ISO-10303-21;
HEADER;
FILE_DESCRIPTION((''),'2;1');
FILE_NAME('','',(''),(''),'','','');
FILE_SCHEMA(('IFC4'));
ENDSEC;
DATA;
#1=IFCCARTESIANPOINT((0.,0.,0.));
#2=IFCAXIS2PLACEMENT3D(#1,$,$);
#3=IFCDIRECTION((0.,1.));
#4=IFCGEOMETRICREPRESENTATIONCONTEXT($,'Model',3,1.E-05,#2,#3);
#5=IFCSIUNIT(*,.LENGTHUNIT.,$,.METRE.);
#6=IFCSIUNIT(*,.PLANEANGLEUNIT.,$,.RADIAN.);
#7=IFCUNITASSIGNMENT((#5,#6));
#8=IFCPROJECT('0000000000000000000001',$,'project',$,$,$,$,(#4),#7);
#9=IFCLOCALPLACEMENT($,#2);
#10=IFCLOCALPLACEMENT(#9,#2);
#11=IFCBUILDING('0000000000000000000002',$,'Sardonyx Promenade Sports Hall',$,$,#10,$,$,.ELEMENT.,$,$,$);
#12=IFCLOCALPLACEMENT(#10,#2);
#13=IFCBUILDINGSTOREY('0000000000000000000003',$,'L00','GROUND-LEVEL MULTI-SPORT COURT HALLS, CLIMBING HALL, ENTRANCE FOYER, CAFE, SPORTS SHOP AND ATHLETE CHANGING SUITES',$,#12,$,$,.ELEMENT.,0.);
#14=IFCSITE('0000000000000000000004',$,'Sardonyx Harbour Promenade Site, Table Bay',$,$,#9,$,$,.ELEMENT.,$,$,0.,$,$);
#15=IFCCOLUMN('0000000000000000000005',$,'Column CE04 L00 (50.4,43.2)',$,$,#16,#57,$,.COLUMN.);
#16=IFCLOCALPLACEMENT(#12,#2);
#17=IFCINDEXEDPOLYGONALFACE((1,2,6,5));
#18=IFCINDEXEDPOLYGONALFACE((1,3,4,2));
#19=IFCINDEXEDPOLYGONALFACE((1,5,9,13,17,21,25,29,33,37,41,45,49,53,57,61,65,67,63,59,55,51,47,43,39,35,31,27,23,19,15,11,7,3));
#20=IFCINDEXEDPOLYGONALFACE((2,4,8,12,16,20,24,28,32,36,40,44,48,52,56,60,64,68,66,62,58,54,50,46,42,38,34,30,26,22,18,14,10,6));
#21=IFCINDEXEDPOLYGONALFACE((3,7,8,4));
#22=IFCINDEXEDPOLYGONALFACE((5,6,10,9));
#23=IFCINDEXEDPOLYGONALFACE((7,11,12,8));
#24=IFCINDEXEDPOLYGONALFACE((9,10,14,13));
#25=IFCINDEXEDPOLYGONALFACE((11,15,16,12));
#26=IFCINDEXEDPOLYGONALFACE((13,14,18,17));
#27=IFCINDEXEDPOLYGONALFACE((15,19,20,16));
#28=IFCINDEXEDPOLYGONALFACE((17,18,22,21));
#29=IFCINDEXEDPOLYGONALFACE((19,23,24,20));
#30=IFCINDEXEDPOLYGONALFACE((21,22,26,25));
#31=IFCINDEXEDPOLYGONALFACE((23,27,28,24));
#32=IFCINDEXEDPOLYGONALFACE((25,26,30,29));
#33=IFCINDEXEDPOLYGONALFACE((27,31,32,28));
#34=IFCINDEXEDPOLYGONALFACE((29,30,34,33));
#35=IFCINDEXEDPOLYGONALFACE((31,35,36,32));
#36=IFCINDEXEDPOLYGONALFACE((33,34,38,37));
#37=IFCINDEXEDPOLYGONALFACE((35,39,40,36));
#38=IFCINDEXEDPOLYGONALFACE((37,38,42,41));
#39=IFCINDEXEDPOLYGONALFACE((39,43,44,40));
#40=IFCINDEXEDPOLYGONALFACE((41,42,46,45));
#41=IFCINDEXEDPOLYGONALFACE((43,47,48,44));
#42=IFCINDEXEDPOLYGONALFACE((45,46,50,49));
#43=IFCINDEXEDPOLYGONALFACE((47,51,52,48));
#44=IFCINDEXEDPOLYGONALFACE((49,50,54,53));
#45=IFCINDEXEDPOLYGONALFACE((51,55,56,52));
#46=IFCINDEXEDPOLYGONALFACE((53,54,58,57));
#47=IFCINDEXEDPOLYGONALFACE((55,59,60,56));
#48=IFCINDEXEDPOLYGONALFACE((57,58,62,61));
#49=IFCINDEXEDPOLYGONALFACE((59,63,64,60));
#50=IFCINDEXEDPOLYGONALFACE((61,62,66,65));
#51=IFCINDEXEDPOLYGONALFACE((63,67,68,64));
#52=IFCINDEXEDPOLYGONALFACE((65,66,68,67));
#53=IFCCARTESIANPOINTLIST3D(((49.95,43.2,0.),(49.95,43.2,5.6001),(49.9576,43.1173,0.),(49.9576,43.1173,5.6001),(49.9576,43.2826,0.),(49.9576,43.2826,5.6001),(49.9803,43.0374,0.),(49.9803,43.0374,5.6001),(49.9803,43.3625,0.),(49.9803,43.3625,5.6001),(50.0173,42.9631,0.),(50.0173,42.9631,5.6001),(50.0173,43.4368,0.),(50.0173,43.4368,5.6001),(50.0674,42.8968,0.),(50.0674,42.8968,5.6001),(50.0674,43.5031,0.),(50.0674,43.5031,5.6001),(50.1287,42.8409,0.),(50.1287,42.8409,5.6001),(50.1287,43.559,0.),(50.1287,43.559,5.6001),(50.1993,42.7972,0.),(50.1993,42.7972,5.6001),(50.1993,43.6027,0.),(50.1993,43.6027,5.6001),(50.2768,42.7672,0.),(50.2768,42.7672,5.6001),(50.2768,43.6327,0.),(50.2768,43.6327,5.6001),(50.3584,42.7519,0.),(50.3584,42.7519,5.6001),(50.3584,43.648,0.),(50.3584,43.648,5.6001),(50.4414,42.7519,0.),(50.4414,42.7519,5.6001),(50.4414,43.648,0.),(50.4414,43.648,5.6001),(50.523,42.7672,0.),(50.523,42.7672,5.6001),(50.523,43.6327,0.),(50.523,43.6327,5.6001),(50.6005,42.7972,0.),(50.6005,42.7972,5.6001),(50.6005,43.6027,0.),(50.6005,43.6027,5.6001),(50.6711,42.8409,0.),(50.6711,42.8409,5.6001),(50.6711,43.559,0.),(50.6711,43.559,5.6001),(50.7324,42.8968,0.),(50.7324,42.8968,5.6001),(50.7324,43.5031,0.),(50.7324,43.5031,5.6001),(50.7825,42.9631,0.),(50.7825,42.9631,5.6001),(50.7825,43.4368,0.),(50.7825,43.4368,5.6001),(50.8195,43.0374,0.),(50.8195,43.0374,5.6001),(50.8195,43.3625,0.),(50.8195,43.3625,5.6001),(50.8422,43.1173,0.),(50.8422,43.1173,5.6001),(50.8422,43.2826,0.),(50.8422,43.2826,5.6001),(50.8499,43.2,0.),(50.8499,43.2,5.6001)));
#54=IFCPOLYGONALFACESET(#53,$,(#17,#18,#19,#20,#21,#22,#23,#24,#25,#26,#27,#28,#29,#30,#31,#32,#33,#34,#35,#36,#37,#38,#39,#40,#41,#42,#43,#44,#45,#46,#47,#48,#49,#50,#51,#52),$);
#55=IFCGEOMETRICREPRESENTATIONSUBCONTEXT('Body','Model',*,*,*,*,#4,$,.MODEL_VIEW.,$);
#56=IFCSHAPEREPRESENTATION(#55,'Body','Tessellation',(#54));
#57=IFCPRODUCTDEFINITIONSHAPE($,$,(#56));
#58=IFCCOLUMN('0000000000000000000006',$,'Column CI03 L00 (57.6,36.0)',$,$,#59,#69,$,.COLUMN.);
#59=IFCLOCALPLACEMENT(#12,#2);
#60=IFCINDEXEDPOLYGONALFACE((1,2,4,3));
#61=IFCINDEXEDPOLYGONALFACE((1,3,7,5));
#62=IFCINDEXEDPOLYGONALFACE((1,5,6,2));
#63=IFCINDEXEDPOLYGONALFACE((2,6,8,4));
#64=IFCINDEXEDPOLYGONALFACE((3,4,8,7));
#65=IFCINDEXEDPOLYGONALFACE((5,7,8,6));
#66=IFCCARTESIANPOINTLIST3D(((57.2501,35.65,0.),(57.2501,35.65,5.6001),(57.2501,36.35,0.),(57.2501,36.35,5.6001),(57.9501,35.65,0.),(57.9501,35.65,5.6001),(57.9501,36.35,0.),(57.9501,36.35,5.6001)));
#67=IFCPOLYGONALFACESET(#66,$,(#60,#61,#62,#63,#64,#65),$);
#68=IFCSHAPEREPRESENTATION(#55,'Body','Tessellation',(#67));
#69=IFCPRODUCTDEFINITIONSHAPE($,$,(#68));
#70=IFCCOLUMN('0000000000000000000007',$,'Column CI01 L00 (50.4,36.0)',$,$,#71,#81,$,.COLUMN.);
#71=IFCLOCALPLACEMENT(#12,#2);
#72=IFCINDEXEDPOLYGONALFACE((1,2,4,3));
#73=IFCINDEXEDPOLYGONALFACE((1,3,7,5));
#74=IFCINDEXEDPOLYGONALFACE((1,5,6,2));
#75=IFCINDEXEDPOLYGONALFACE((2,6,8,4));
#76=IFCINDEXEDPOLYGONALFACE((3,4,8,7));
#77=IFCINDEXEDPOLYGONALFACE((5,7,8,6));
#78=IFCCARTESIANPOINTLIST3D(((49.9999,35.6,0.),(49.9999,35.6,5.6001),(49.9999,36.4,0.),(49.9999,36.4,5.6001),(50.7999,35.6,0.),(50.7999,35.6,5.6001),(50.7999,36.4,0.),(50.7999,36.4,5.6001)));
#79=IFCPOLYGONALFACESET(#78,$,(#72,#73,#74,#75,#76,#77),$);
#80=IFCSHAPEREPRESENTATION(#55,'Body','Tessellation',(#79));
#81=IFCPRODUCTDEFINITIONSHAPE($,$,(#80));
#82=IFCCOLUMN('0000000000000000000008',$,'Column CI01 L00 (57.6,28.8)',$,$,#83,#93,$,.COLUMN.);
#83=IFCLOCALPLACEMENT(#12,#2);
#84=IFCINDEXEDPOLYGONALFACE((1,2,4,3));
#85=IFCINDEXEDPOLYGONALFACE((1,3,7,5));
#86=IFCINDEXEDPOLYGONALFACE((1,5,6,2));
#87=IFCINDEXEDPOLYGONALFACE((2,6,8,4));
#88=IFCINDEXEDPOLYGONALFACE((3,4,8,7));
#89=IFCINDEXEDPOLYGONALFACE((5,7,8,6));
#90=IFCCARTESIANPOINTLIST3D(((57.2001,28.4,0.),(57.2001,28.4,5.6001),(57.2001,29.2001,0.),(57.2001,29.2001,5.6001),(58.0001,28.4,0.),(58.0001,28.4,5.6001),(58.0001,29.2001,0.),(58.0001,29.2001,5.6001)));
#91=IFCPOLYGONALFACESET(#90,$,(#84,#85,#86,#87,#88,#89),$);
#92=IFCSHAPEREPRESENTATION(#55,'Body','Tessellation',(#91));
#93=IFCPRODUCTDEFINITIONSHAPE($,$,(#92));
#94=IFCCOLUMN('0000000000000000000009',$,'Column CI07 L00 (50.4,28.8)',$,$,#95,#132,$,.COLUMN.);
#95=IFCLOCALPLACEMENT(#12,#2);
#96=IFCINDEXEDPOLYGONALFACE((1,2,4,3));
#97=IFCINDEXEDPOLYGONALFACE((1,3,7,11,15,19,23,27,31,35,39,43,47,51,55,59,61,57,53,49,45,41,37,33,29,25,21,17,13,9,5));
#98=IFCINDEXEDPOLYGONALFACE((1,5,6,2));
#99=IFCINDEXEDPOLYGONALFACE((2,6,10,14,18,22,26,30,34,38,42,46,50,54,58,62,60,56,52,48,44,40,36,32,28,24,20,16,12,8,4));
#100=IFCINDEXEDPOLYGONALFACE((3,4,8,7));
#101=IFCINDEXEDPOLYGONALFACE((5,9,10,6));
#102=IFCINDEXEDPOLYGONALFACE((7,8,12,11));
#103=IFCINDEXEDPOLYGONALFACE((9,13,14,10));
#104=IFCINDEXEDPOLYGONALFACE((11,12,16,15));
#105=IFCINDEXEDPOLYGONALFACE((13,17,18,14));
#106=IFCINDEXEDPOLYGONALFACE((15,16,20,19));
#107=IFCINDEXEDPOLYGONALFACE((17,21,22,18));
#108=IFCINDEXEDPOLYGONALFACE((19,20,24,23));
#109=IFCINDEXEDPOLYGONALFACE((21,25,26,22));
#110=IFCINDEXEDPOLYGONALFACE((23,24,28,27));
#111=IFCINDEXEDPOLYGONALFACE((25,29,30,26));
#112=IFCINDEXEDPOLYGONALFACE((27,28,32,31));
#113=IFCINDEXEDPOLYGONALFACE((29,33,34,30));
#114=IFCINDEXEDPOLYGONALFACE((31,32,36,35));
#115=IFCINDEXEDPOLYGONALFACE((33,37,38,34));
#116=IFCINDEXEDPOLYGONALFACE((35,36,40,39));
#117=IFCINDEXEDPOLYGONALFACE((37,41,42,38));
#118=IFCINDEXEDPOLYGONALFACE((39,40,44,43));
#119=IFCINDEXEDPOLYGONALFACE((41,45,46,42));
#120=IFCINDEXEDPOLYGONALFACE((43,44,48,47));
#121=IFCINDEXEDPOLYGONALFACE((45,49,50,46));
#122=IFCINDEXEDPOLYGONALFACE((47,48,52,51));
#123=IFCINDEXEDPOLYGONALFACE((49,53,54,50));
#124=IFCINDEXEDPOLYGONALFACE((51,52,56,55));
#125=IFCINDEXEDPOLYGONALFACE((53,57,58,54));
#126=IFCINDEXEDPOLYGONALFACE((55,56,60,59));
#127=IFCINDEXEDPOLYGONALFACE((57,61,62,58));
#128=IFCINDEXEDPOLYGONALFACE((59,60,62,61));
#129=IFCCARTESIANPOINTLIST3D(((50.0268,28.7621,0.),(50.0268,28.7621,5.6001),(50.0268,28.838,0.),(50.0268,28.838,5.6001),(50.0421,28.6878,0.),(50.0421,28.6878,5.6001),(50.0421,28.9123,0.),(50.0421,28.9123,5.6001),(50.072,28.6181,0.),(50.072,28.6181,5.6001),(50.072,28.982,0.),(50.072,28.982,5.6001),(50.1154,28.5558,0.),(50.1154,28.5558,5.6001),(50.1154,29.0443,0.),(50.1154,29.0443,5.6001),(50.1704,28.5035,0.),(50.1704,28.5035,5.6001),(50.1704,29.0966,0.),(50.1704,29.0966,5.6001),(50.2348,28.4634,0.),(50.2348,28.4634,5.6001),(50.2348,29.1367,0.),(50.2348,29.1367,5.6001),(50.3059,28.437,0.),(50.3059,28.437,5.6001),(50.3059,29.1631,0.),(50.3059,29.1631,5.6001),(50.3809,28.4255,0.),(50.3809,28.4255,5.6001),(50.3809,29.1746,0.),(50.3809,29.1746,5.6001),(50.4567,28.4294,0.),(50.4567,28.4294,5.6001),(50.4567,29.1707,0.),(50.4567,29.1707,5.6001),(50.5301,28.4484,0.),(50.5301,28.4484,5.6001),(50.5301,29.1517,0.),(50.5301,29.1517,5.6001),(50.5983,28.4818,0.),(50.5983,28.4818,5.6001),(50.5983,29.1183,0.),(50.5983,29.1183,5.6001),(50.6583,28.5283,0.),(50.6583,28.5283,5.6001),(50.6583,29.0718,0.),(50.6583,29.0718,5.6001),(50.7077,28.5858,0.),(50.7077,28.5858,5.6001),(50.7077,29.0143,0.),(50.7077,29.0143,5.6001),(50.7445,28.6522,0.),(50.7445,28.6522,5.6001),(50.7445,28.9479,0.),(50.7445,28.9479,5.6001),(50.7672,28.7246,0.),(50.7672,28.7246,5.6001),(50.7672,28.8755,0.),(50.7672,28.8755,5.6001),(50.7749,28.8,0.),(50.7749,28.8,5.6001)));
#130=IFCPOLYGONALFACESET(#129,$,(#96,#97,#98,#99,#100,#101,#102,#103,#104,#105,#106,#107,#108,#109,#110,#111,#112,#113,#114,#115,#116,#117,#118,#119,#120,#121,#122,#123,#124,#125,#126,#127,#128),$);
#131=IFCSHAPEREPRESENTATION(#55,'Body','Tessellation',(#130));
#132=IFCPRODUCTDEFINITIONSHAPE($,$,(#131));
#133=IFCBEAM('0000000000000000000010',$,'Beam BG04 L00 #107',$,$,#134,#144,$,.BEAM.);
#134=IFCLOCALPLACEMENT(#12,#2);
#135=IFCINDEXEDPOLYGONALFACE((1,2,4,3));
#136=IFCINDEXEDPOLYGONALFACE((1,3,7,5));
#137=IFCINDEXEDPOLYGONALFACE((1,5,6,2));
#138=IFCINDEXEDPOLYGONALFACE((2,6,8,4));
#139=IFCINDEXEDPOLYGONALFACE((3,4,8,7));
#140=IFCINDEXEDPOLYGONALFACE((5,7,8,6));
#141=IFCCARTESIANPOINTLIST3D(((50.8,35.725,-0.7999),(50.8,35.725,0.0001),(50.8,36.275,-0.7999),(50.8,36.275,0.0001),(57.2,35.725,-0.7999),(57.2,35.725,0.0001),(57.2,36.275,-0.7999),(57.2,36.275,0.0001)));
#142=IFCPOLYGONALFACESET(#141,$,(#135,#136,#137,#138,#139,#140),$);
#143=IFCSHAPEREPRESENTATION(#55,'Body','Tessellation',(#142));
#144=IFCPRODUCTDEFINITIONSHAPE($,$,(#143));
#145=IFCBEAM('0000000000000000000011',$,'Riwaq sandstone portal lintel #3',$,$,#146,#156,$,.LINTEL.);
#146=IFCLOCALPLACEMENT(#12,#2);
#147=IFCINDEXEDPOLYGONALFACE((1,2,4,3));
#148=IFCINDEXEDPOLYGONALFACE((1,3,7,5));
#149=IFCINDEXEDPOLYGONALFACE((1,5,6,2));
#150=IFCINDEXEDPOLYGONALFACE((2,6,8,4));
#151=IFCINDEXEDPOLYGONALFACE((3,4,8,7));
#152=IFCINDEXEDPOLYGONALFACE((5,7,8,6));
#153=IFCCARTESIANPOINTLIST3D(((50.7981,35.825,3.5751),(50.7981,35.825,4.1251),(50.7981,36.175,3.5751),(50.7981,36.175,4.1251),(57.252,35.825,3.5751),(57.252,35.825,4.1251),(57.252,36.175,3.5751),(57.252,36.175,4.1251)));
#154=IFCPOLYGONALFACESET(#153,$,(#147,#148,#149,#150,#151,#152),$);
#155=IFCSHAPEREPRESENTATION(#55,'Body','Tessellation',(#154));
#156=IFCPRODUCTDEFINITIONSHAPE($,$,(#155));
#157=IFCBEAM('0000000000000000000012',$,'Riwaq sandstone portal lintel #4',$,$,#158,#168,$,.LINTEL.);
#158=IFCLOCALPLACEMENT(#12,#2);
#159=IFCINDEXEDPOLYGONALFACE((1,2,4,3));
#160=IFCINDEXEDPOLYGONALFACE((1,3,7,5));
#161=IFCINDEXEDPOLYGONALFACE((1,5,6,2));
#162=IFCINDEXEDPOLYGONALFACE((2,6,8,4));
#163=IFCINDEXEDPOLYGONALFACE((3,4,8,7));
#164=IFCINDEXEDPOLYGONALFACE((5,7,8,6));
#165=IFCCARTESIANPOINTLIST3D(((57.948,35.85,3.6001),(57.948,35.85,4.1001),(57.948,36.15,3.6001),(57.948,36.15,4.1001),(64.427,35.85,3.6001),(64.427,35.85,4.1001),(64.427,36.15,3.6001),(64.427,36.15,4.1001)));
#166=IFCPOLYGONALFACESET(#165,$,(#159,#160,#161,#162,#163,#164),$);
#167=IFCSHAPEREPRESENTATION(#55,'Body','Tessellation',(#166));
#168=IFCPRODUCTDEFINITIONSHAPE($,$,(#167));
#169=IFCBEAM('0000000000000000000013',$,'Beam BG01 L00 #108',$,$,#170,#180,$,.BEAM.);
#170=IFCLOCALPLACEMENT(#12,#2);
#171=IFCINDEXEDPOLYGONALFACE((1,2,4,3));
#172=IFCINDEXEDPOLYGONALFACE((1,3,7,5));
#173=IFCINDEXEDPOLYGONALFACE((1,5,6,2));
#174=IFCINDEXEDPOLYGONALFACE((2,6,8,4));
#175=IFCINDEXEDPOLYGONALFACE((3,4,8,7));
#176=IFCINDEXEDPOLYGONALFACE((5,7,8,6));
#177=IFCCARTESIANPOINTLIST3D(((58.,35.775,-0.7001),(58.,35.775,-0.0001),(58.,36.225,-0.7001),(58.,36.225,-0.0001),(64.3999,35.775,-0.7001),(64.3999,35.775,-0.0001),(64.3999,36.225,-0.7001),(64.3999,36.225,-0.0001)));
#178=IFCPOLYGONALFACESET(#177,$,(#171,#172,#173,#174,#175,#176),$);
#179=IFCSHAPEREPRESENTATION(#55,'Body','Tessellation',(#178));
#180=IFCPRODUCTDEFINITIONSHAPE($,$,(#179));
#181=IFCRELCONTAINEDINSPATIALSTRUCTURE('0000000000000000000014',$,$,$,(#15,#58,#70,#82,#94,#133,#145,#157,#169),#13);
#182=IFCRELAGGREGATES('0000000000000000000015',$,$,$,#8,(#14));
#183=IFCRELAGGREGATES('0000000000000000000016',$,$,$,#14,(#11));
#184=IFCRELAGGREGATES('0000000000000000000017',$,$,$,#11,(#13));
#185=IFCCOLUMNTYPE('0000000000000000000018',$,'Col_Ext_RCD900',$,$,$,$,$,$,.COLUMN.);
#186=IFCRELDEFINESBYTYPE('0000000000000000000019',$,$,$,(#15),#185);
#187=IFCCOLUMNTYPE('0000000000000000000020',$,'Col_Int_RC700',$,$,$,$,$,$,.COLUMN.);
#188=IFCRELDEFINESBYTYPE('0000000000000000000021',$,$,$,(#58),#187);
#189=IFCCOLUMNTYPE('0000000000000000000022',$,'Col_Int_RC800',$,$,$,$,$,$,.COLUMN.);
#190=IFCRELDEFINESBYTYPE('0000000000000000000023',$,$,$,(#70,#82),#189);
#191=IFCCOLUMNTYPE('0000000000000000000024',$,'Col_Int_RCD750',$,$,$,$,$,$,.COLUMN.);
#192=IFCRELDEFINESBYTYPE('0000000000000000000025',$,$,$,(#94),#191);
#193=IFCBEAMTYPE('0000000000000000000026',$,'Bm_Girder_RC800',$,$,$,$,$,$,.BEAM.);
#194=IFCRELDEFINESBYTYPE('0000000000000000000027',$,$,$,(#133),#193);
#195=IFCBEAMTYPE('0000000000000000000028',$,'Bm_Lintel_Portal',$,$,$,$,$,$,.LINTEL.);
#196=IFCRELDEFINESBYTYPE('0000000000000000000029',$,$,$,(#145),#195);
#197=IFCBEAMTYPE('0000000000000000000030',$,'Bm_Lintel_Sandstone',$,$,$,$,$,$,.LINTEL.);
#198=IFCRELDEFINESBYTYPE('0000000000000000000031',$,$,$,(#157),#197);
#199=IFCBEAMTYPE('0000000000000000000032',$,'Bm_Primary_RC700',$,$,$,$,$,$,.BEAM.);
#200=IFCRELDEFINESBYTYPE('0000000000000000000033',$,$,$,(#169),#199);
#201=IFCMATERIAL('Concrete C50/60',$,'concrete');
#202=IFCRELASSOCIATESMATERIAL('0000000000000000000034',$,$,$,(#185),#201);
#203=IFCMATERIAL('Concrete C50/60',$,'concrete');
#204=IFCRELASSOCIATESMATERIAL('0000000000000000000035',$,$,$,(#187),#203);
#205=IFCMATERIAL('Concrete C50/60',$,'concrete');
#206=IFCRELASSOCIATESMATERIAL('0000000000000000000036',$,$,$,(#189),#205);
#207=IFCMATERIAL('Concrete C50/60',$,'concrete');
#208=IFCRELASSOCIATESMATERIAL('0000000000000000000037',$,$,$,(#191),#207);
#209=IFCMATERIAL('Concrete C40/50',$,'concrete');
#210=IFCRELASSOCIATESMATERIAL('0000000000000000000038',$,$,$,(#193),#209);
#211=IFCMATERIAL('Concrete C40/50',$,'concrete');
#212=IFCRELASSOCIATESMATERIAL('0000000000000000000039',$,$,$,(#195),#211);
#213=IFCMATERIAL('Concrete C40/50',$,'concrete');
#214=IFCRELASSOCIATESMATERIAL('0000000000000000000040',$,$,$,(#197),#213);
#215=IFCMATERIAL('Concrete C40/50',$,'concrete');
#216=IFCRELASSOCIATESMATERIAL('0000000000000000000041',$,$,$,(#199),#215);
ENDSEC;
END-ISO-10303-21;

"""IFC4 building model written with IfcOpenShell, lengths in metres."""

from ifc_helpers import new_model, si_unit, direction, frame, origin, origin_2d, place, context, subcontext, project, spatial, rectangle, circle, extrude, material, material_profile, profile_set, type_object, element, save


model = new_model("IFC4")

# Units and contexts
model_context = context("Model", 3, precision=1e-05, world=origin(), true_north=direction((0.0, 1.0)))
body_context = subcontext(model_context, "Body", "Model", "MODEL_VIEW")
ifc_project = project(units=[si_unit("LENGTHUNIT", "METRE"), si_unit("PLANEANGLEUNIT", "RADIAN")], contexts=[model_context])

# Site, building, storey
site_placement = place(None, origin())
site = spatial("IfcSite", under=ifc_project, at=site_placement, Name="Sardonyx Harbour Promenade Site, Table Bay", CompositionType="ELEMENT", RefElevation=0.0)
building_placement = place(site_placement, origin())
building = spatial("IfcBuilding", under=site, at=building_placement, Name="Sardonyx Promenade Sports Hall", CompositionType="ELEMENT")
storey_placement = place(building_placement, origin())
storey = spatial("IfcBuildingStorey", under=building, at=storey_placement, Name="L00", Description="GROUND-LEVEL MULTI-SPORT COURT HALLS, CLIMBING HALL, ENTRANCE FOYER, CAFE, SPORTS SHOP AND ATHLETE CHANGING SUITES", CompositionType="ELEMENT", Elevation=0.0)

# Columns
ifc_material_1 = material(Name="Concrete C50/60", Category="concrete")
ifc_material_profile_1 = material_profile(ifc_material_1, circle(Radius=0.45, at=origin_2d()))
ifc_profile_set_1 = profile_set([ifc_material_profile_1], Name="Concrete C50/60")
column_type_1 = type_object("IfcColumnType", Name="Col_Ext_RCD900", PredefinedType="COLUMN", material=ifc_profile_set_1)
column_1_placement = place(storey_placement, frame((50.3999, 43.2, 0.0), z_axis=(0.0, 0.0, 1.0), x_axis=(1.0, 0.0, 0.0)))
element("IfcColumn", 1, at=column_1_placement, inside=storey, type_object=column_type_1, Name="Column CE04 L00 (50.4,43.2)", PredefinedType="COLUMN", context=body_context, shape_type="SweptSolid", body=[
    extrude(circle(Radius=0.45, at=origin_2d()), origin(), (0.0, 0.0, 1.0), 5.6001),
])
ifc_material_2 = material(Name="Concrete C50/60", Category="concrete")
ifc_material_profile_2 = material_profile(ifc_material_2, rectangle(XDim=0.7, YDim=0.7, at=origin_2d()))
ifc_profile_set_2 = profile_set([ifc_material_profile_2], Name="Concrete C50/60")
column_type_2 = type_object("IfcColumnType", Name="Col_Int_RC700", PredefinedType="COLUMN", material=ifc_profile_set_2)
column_2_placement = place(storey_placement, frame((57.6001, 36.0, 0.0), z_axis=(0.0, 0.0, 1.0), x_axis=(1.0, 0.0, 0.0)))
element("IfcColumn", 2, at=column_2_placement, inside=storey, type_object=column_type_2, Name="Column CI03 L00 (57.6,36.0)", PredefinedType="COLUMN", context=body_context, shape_type="SweptSolid", body=[
    extrude(rectangle(XDim=0.7, YDim=0.7, at=origin_2d()), origin(), (0.0, 0.0, 1.0), 5.6001),
])
ifc_material_3 = material(Name="Concrete C50/60", Category="concrete")
ifc_material_profile_3 = material_profile(ifc_material_3, rectangle(XDim=0.8, YDim=0.8, at=origin_2d()))
ifc_profile_set_3 = profile_set([ifc_material_profile_3], Name="Concrete C50/60")
column_type_3 = type_object("IfcColumnType", Name="Col_Int_RC800", PredefinedType="COLUMN", material=ifc_profile_set_3)
for number, where, z_axis, x_axis, name in (
    (3, (50.3999, 36.0, 0.0), (0.0, 0.0, 1.0), (1.0, 0.0, 0.0), "Column CI01 L00 (50.4,36.0)"),
    (4, (57.6001, 28.8, 0.0), (0.0, 0.0, 1.0), (1.0, 0.0, 0.0), "Column CI01 L00 (57.6,28.8)"),
):
    element("IfcColumn", number, at=place(storey_placement, frame(where, z_axis=z_axis, x_axis=x_axis)), inside=storey, type_object=column_type_3, Name=name, PredefinedType="COLUMN", context=body_context, shape_type="SweptSolid", body=[
        extrude(rectangle(XDim=0.8, YDim=0.8, at=origin_2d()), origin(), (0.0, 0.0, 1.0), 5.6001),
    ])
ifc_material_4 = material(Name="Concrete C50/60", Category="concrete")
ifc_material_profile_4 = material_profile(ifc_material_4, circle(Radius=0.375, at=origin_2d()))
ifc_profile_set_4 = profile_set([ifc_material_profile_4], Name="Concrete C50/60")
column_type_4 = type_object("IfcColumnType", Name="Col_Int_RCD750", PredefinedType="COLUMN", material=ifc_profile_set_4)
column_3_placement = place(storey_placement, frame((50.3999, 28.8, 0.0), z_axis=(0.0, 0.0, 1.0), x_axis=(1.0, 0.0, 0.0)))
element("IfcColumn", 5, at=column_3_placement, inside=storey, type_object=column_type_4, Name="Column CI07 L00 (50.4,28.8)", PredefinedType="COLUMN", context=body_context, shape_type="SweptSolid", body=[
    extrude(circle(Radius=0.375, at=origin_2d()), origin(), (0.0, 0.0, 1.0), 5.6001),
])

# Beams
ifc_material_5 = material(Name="Concrete C40/50", Category="concrete")
ifc_material_profile_5 = material_profile(ifc_material_5, rectangle(XDim=0.55, YDim=0.8, at=origin_2d()))
ifc_profile_set_5 = profile_set([ifc_material_profile_5], Name="Concrete C40/50")
beam_type_1 = type_object("IfcBeamType", Name="Bm_Girder_RC800", PredefinedType="BEAM", material=ifc_profile_set_5)
beam_1_placement = place(storey_placement, frame((50.8, 36.0, -0.3999), z_axis=(1.0, 0.0, 0.0), x_axis=(0.0, 1.0, 0.0)))
element("IfcBeam", 6, at=beam_1_placement, inside=storey, type_object=beam_type_1, Name="Beam BG04 L00 #107", PredefinedType="BEAM", context=body_context, shape_type="SweptSolid", body=[
    extrude(rectangle(XDim=0.55, YDim=0.8, at=origin_2d()), origin(), (0.0, 0.0, 1.0), 6.3999),
])
ifc_material_6 = material(Name="Concrete C40/50", Category="concrete")
ifc_material_profile_6 = material_profile(ifc_material_6, rectangle(XDim=0.3501, YDim=0.55, at=origin_2d()))
ifc_profile_set_6 = profile_set([ifc_material_profile_6], Name="Concrete C40/50")
beam_type_2 = type_object("IfcBeamType", Name="Bm_Lintel_Portal", PredefinedType="LINTEL", material=ifc_profile_set_6)
beam_2_placement = place(storey_placement, frame((50.7981, 36.0, 3.8501), z_axis=(1.0, 0.0, 0.0), x_axis=(0.0, 1.0, 0.0)))
element("IfcBeam", 7, at=beam_2_placement, inside=storey, type_object=beam_type_2, Name="Riwaq sandstone portal lintel #3", PredefinedType="LINTEL", context=body_context, shape_type="SweptSolid", body=[
    extrude(rectangle(XDim=0.3501, YDim=0.55, at=origin_2d()), origin(), (0.0, 0.0, 1.0), 6.4539),
])
ifc_material_7 = material(Name="Concrete C40/50", Category="concrete")
ifc_material_profile_7 = material_profile(ifc_material_7, rectangle(XDim=0.3, YDim=0.5, at=origin_2d()))
ifc_profile_set_7 = profile_set([ifc_material_profile_7], Name="Concrete C40/50")
beam_type_3 = type_object("IfcBeamType", Name="Bm_Lintel_Sandstone", PredefinedType="LINTEL", material=ifc_profile_set_7)
beam_3_placement = place(storey_placement, frame((57.948, 36.0, 3.8501), z_axis=(1.0, 0.0, 0.0), x_axis=(0.0, 1.0, 0.0)))
element("IfcBeam", 8, at=beam_3_placement, inside=storey, type_object=beam_type_3, Name="Riwaq sandstone portal lintel #4", PredefinedType="LINTEL", context=body_context, shape_type="SweptSolid", body=[
    extrude(rectangle(XDim=0.3, YDim=0.5, at=origin_2d()), origin(), (0.0, 0.0, 1.0), 6.479),
])
ifc_material_8 = material(Name="Concrete C40/50", Category="concrete")
ifc_material_profile_8 = material_profile(ifc_material_8, rectangle(XDim=0.45, YDim=0.7, at=origin_2d()))
ifc_profile_set_8 = profile_set([ifc_material_profile_8], Name="Concrete C40/50")
beam_type_4 = type_object("IfcBeamType", Name="Bm_Primary_RC700", PredefinedType="BEAM", material=ifc_profile_set_8)
beam_4_placement = place(storey_placement, frame((58.0, 36.0, -0.3501), z_axis=(1.0, 0.0, 0.0), x_axis=(0.0, 1.0, 0.0)))
element("IfcBeam", 9, at=beam_4_placement, inside=storey, type_object=beam_type_4, Name="Beam BG01 L00 #108", PredefinedType="BEAM", context=body_context, shape_type="SweptSolid", body=[
    extrude(rectangle(XDim=0.45, YDim=0.7, at=origin_2d()), origin(), (0.0, 0.0, 1.0), 6.3999),
])

save(model, "model.ifc")
